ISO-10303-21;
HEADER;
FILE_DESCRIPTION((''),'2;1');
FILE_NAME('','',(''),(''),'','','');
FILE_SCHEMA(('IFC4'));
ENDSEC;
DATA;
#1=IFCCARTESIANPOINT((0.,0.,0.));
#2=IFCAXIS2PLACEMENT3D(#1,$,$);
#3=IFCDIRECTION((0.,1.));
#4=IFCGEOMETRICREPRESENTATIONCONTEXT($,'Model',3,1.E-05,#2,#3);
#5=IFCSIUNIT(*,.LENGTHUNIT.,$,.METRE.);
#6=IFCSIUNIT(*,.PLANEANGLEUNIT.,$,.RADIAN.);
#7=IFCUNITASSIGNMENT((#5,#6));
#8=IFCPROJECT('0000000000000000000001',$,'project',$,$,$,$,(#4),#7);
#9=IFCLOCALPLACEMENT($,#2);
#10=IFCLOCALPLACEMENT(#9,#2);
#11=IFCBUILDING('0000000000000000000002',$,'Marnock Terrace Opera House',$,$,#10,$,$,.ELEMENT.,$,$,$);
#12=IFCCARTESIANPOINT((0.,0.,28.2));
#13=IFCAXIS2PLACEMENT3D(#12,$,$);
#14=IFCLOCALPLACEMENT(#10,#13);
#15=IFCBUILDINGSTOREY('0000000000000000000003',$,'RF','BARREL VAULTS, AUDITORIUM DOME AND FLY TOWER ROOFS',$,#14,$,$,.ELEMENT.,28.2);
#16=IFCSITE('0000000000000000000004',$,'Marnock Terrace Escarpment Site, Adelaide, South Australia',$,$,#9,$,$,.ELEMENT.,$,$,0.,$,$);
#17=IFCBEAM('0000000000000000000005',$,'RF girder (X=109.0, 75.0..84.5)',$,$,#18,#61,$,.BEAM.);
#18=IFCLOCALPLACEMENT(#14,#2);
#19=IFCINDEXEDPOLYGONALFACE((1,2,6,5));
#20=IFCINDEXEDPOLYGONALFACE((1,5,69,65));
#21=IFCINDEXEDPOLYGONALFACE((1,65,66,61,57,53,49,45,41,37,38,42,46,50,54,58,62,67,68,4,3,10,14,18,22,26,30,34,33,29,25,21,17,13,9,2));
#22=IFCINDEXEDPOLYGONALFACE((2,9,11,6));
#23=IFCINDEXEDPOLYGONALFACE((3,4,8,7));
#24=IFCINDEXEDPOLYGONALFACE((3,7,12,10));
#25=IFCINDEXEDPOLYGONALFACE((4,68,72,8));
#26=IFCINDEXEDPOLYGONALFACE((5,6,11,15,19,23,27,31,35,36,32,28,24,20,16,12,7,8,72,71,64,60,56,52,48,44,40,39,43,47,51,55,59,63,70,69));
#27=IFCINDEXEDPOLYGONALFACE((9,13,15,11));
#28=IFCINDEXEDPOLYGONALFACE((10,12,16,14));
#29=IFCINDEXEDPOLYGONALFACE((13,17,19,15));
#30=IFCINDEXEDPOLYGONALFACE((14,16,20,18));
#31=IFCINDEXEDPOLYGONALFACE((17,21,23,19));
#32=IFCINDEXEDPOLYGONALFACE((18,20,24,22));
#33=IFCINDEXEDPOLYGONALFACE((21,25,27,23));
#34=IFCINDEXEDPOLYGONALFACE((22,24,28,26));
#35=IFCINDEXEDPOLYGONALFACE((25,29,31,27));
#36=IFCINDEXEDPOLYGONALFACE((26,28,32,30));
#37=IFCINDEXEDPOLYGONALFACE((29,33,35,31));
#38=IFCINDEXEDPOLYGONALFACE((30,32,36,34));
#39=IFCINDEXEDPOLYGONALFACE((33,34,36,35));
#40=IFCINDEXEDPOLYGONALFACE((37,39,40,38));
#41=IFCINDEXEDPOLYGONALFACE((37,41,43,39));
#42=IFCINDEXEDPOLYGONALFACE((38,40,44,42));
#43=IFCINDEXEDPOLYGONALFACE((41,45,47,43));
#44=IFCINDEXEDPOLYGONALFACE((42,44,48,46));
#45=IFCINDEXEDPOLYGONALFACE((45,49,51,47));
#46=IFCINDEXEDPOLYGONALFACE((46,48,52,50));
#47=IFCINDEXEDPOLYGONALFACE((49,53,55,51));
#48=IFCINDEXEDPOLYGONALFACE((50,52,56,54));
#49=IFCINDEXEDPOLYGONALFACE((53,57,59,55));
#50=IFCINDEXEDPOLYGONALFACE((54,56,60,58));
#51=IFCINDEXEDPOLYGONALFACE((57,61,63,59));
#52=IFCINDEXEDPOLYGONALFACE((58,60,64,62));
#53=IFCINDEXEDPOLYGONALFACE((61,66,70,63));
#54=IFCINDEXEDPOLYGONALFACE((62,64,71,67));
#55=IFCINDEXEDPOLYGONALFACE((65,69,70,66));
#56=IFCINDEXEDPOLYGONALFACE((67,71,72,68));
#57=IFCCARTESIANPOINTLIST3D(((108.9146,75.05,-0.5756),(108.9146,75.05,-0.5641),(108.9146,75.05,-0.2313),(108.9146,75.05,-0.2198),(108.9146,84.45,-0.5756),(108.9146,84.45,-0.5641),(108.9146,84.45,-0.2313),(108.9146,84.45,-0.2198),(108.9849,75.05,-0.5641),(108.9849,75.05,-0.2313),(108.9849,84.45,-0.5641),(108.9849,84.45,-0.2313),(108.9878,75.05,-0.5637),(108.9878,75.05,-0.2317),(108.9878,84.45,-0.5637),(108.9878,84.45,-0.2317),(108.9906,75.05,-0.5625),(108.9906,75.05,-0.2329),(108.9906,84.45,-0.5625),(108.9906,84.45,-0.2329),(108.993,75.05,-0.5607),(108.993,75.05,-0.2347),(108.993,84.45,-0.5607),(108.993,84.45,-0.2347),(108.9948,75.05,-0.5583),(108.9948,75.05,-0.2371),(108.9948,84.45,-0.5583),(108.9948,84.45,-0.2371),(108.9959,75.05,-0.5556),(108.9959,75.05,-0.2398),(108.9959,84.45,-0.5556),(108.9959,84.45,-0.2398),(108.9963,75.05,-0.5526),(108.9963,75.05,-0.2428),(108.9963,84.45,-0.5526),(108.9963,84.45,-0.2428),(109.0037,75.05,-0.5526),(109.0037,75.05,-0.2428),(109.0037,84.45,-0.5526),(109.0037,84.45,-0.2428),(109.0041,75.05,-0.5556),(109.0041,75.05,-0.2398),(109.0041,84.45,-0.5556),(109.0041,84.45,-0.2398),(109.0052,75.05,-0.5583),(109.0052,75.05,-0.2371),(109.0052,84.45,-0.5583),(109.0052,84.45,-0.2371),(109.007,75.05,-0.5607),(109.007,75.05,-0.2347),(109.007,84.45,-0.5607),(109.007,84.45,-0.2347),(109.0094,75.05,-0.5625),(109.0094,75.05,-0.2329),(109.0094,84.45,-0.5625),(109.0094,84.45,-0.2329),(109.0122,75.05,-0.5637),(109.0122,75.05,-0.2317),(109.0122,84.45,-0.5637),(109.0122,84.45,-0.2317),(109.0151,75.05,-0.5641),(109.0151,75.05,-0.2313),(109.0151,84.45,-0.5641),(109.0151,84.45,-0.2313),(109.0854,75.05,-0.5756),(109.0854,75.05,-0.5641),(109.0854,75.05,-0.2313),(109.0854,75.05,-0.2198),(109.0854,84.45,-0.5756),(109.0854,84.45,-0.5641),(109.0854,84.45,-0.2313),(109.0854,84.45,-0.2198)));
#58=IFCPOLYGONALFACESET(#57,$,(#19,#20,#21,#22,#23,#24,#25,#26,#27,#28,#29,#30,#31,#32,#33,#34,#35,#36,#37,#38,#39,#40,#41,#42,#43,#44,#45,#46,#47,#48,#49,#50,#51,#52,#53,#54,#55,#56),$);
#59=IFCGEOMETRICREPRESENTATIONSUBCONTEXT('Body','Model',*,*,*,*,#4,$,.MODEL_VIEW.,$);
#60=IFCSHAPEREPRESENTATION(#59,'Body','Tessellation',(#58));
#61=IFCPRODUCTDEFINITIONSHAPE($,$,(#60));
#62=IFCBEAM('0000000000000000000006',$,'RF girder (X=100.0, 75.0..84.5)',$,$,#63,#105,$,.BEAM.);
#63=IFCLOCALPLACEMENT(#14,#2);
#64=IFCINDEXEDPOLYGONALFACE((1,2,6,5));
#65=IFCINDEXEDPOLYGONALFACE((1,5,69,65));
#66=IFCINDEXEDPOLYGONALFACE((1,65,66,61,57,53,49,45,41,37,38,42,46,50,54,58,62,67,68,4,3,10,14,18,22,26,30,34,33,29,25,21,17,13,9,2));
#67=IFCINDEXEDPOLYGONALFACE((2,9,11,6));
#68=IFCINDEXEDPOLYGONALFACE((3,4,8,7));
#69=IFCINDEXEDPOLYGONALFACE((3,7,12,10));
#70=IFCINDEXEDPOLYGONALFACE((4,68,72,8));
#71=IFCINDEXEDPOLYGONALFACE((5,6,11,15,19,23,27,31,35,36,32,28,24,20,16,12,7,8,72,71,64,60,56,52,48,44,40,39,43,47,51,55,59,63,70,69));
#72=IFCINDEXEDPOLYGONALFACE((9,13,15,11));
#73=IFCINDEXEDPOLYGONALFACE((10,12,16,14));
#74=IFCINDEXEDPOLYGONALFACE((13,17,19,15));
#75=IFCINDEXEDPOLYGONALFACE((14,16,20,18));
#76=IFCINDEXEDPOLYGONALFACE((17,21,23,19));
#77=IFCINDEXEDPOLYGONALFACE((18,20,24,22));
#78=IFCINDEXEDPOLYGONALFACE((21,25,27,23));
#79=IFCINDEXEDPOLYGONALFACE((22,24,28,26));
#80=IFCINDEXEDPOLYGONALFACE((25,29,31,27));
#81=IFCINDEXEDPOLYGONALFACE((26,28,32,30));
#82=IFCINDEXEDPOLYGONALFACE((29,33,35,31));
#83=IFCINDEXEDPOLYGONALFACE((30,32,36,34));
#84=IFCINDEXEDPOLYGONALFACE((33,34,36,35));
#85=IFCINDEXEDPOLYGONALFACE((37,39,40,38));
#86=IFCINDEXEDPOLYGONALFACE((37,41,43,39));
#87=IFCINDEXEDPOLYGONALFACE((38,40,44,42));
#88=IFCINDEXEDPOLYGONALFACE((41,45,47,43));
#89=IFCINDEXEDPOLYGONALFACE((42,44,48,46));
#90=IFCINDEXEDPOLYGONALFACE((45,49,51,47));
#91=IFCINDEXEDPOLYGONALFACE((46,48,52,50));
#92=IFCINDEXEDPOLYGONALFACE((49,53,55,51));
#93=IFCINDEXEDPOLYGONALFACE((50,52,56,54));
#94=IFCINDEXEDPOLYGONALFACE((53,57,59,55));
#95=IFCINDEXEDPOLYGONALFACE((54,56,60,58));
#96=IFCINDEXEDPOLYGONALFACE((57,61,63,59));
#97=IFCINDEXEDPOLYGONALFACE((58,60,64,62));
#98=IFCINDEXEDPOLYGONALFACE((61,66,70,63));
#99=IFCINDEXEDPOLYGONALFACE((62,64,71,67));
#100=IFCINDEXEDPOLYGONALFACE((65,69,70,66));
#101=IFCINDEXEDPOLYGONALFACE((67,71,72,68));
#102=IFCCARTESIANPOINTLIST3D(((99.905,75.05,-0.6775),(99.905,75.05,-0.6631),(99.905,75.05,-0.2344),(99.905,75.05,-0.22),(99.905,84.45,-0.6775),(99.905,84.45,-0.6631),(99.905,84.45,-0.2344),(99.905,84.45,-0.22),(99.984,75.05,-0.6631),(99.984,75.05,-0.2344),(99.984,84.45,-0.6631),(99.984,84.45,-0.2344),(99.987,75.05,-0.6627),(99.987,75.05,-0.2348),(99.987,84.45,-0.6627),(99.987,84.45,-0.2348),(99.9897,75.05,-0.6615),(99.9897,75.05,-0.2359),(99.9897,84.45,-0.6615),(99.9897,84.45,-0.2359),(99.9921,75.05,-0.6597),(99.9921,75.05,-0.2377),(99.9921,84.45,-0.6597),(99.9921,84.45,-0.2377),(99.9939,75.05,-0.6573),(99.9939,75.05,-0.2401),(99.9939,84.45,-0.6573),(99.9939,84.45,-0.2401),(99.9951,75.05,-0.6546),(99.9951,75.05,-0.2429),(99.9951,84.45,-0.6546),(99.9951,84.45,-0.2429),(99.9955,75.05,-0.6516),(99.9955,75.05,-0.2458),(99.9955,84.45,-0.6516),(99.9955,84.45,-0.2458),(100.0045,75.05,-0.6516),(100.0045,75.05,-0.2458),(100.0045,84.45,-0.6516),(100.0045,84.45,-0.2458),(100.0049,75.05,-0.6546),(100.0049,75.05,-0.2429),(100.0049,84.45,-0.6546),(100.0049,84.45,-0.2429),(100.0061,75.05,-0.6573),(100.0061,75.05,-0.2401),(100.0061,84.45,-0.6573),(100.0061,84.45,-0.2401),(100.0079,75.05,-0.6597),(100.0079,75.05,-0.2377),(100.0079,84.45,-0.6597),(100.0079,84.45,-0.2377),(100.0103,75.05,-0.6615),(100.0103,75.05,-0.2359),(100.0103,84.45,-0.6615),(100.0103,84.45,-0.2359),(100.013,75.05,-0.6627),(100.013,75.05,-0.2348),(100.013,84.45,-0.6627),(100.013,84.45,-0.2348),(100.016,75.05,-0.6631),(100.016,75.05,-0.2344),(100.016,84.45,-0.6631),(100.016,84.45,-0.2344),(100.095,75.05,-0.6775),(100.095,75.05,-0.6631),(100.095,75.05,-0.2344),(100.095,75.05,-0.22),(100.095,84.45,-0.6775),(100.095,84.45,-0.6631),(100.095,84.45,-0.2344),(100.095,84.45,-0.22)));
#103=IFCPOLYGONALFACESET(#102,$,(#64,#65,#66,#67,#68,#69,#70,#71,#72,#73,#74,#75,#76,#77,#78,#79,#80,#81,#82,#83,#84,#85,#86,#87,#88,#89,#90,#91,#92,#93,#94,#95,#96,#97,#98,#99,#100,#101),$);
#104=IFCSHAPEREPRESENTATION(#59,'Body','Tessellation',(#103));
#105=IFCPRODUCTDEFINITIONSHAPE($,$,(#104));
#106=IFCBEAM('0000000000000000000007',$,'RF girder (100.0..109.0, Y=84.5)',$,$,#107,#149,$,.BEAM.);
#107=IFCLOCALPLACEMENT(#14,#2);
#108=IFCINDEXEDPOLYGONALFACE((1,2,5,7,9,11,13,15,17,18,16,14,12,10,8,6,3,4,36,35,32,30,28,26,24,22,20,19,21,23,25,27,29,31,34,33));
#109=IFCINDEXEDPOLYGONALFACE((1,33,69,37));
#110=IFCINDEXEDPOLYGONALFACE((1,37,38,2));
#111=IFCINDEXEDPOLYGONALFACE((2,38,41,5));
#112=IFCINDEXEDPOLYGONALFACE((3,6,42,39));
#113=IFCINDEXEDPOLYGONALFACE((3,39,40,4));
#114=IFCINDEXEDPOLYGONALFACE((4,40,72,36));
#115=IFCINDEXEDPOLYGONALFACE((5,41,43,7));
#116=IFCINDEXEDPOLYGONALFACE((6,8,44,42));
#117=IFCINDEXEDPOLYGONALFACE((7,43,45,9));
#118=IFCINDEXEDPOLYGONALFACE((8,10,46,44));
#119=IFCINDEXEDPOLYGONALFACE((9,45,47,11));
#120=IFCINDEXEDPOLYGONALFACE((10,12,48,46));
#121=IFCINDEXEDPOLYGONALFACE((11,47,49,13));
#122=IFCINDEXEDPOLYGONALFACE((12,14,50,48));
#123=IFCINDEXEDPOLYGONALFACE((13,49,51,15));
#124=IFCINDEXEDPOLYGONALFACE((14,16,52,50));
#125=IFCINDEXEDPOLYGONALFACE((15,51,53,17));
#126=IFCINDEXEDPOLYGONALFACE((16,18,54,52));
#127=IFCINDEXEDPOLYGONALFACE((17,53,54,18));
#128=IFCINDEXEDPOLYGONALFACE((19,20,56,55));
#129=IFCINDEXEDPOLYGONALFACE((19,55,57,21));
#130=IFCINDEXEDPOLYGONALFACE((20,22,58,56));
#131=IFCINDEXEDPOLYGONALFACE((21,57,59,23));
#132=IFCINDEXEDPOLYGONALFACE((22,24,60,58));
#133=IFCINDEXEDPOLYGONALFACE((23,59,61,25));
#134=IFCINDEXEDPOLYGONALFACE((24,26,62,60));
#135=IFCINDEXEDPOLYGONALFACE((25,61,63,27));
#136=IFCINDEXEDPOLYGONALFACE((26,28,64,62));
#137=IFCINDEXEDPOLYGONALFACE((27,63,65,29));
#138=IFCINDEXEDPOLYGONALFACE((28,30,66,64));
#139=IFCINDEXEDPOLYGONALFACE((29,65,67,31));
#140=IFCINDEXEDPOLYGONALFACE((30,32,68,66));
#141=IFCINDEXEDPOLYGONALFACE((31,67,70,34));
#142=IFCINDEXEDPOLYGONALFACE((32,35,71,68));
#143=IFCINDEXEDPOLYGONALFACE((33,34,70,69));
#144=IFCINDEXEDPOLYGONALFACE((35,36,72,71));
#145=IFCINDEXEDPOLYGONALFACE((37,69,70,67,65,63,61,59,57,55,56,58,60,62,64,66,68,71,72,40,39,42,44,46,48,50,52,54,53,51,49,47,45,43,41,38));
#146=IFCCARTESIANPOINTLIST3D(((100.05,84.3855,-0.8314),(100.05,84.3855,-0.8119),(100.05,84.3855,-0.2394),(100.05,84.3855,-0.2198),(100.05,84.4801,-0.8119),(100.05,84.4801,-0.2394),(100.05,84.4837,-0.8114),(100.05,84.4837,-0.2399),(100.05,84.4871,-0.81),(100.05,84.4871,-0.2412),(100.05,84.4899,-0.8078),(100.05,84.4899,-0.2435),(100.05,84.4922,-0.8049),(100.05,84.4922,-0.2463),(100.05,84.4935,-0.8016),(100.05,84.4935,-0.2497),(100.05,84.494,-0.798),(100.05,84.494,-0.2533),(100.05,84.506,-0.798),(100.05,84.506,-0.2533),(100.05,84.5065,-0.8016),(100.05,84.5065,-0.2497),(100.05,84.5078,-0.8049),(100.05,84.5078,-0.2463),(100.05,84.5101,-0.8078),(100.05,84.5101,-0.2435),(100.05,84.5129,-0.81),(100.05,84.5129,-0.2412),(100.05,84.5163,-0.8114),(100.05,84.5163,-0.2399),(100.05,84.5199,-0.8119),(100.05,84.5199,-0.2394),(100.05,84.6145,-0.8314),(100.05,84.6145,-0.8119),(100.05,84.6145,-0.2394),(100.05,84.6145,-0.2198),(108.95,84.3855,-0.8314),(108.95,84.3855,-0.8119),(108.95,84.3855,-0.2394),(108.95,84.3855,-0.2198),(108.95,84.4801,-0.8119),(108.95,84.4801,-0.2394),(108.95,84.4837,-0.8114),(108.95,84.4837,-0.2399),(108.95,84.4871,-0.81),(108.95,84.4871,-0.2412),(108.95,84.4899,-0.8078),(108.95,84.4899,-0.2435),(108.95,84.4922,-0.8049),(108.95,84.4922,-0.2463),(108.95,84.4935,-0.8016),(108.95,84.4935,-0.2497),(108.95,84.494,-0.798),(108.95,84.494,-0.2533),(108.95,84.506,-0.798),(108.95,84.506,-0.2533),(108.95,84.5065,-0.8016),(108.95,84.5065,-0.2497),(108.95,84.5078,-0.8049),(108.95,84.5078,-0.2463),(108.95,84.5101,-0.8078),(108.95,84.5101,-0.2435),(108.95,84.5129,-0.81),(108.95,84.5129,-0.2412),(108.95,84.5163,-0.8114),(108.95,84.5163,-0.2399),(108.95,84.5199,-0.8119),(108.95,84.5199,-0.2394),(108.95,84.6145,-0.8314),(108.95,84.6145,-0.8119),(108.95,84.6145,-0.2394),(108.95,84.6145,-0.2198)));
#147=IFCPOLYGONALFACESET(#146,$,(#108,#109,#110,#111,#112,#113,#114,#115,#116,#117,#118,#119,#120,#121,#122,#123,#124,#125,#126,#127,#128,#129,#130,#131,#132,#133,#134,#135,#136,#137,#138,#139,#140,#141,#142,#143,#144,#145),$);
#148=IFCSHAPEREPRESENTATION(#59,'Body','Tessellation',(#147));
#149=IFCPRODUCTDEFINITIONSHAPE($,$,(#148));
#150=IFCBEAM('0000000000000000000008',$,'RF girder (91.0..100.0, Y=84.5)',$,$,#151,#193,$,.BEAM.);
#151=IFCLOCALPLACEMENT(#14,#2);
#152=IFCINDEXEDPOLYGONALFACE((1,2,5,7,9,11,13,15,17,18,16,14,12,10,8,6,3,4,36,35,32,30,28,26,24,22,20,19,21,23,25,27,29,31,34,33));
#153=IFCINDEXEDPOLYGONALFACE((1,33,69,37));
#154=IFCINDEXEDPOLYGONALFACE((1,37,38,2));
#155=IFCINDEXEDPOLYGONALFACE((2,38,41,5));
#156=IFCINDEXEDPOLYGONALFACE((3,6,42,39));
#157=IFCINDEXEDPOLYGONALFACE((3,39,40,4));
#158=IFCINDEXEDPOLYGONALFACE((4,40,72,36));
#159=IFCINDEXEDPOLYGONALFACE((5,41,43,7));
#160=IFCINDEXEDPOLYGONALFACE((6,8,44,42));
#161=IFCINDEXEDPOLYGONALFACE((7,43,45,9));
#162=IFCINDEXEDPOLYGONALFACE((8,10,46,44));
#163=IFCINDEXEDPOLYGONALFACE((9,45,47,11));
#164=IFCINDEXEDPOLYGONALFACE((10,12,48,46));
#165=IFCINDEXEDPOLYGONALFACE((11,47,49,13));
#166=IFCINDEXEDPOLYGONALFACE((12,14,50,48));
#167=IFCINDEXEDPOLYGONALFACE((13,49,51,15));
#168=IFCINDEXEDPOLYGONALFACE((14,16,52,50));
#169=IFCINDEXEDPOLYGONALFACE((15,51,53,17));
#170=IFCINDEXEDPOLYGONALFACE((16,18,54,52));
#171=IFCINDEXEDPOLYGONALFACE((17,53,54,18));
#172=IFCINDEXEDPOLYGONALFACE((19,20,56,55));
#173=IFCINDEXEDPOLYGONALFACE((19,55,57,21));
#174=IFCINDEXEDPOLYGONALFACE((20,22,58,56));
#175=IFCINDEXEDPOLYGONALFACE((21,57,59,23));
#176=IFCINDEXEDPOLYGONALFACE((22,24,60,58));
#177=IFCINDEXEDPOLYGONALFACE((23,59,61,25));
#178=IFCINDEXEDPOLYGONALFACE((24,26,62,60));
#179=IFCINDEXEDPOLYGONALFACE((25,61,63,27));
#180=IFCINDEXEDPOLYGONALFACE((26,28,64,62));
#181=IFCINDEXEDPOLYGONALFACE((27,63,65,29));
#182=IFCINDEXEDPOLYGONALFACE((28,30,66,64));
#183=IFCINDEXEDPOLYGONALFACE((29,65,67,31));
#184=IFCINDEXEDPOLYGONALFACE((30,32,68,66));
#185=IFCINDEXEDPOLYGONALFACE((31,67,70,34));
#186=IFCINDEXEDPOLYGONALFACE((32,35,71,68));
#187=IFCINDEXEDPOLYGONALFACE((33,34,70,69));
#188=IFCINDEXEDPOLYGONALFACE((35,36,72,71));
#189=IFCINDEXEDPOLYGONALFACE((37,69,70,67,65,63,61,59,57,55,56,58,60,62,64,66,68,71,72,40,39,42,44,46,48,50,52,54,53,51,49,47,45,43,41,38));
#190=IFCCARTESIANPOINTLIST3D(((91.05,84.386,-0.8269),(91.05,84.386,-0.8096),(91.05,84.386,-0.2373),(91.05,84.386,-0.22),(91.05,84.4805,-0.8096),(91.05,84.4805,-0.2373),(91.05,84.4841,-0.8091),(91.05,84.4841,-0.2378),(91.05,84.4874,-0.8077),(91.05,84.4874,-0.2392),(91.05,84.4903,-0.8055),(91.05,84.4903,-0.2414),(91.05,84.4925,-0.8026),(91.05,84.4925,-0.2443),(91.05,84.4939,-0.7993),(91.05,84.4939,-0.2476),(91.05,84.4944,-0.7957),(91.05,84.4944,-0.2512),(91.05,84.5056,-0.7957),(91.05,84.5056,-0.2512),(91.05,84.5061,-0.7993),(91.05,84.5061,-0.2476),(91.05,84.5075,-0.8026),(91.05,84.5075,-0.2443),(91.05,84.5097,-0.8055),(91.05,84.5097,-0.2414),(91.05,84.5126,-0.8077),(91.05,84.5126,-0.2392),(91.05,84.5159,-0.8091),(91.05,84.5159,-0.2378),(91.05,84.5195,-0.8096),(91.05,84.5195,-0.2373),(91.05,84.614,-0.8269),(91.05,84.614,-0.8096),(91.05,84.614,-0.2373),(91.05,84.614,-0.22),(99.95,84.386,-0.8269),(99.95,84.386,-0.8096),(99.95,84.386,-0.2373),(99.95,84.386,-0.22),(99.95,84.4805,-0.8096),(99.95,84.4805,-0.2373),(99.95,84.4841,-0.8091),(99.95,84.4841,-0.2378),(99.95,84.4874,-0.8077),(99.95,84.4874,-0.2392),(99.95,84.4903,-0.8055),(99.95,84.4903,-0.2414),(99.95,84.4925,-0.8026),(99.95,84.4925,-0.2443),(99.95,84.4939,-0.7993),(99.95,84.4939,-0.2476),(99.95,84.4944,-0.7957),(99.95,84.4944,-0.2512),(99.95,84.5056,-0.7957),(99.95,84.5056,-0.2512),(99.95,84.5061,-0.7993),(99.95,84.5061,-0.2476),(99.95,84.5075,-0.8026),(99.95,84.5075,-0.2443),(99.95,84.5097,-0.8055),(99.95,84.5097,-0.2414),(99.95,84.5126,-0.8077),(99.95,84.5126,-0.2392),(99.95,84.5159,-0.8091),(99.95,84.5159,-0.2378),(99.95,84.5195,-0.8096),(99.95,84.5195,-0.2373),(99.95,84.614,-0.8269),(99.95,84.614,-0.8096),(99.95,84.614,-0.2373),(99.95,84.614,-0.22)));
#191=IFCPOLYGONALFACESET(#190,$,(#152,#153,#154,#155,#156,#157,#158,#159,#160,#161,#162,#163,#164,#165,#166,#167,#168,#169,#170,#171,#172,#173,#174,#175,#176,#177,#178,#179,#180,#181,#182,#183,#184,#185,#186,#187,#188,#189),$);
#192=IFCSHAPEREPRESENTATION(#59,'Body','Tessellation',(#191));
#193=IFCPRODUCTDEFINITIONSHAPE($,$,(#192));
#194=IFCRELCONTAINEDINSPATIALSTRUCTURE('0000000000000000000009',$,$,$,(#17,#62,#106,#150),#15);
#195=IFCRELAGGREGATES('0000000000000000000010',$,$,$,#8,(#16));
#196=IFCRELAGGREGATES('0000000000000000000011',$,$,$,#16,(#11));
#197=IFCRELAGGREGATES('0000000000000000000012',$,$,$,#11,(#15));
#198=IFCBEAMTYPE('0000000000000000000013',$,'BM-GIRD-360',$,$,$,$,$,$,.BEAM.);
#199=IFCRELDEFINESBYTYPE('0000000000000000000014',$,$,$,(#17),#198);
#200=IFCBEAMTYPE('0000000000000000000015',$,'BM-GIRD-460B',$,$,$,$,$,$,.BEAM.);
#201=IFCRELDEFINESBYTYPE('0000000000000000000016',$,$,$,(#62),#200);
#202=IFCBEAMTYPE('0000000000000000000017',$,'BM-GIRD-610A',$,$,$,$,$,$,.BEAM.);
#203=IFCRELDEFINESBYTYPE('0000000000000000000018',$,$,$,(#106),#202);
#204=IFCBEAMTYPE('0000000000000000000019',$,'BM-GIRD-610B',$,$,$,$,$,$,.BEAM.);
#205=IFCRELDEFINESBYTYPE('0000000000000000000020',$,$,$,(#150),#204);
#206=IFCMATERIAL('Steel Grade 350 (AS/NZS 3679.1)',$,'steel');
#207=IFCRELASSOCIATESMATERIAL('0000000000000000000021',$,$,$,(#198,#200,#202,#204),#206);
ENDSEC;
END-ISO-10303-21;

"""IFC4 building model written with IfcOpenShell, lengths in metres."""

from ifc_helpers import new_model, si_unit, direction, frame, origin, origin_2d, place, context, subcontext, project, spatial, i_section, extrude, material, material_profile, profile_set, type_object, element, save


model = new_model("IFC4")

# Units and contexts
model_context = context("Model", 3, precision=1e-05, world=origin(), true_north=direction((0.0, 1.0)))
body_context = subcontext(model_context, "Body", "Model", "MODEL_VIEW")
ifc_project = project(units=[si_unit("LENGTHUNIT", "METRE"), si_unit("PLANEANGLEUNIT", "RADIAN")], contexts=[model_context])

# Site, building, storey
site_placement = place(None, origin())
site = spatial("IfcSite", under=ifc_project, at=site_placement, Name="Marnock Terrace Escarpment Site, Adelaide, South Australia", CompositionType="ELEMENT", RefElevation=0.0)
building_placement = place(site_placement, origin())
building = spatial("IfcBuilding", under=site, at=building_placement, Name="Marnock Terrace Opera House", CompositionType="ELEMENT")
storey_placement = place(building_placement, frame((0.0, 0.0, 28.2)))
storey = spatial("IfcBuildingStorey", under=building, at=storey_placement, Name="RF", Description="BARREL VAULTS, AUDITORIUM DOME AND FLY TOWER ROOFS", CompositionType="ELEMENT", Elevation=28.2)

# Beams
ifc_material_1 = material(Name="Steel Grade 350 (AS/NZS 3679.1)", Category="steel")
ifc_material_profile_1 = material_profile(ifc_material_1, i_section(OverallWidth=0.1709, OverallDepth=0.3557, WebThickness=0.0073, FlangeThickness=0.0115, FilletRadius=0.0115, at=origin_2d()))
ifc_profile_set_1 = profile_set([ifc_material_profile_1], Name="Steel Grade 350 (AS/NZS 3679.1)")
beam_type_1 = type_object("IfcBeamType", Name="BM-GIRD-360", PredefinedType="BEAM", material=ifc_profile_set_1)
beam_1_placement = place(storey_placement, frame((109.0, 75.05, -0.3977), z_axis=(0.0, 1.0, 0.0), x_axis=(-1.0, 0.0, 0.0)))
element("IfcBeam", 1, at=beam_1_placement, inside=storey, type_object=beam_type_1, Name="RF girder (X=109.0, 75.0..84.5)", PredefinedType="BEAM", context=body_context, shape_type="SweptSolid", body=[
    extrude(i_section(OverallWidth=0.1709, OverallDepth=0.3557, WebThickness=0.0073, FlangeThickness=0.0115, FilletRadius=0.0115, at=origin_2d()), origin(), (0.0, 0.0, 1.0), 9.3999),
])
ifc_material_profile_2 = material_profile(ifc_material_1, i_section(OverallWidth=0.1899, OverallDepth=0.4575, WebThickness=0.009, FlangeThickness=0.0144, FilletRadius=0.0115, at=origin_2d()))
ifc_profile_set_2 = profile_set([ifc_material_profile_2], Name="Steel Grade 350 (AS/NZS 3679.1)")
beam_type_2 = type_object("IfcBeamType", Name="BM-GIRD-460B", PredefinedType="BEAM", material=ifc_profile_set_2)
beam_2_placement = place(storey_placement, frame((100.0, 75.05, -0.4487), z_axis=(0.0, 1.0, 0.0), x_axis=(-1.0, 0.0, 0.0)))
element("IfcBeam", 2, at=beam_2_placement, inside=storey, type_object=beam_type_2, Name="RF girder (X=100.0, 75.0..84.5)", PredefinedType="BEAM", context=body_context, shape_type="SweptSolid", body=[
    extrude(i_section(OverallWidth=0.1899, OverallDepth=0.4575, WebThickness=0.009, FlangeThickness=0.0144, FilletRadius=0.0115, at=origin_2d()), origin(), (0.0, 0.0, 1.0), 9.3999),
])
ifc_material_profile_3 = material_profile(ifc_material_1, i_section(OverallWidth=0.229, OverallDepth=0.6116, WebThickness=0.012, FlangeThickness=0.0195, FilletRadius=0.0139, at=origin_2d()))
ifc_profile_set_3 = profile_set([ifc_material_profile_3], Name="Steel Grade 350 (AS/NZS 3679.1)")
beam_type_3 = type_object("IfcBeamType", Name="BM-GIRD-610A", PredefinedType="BEAM", material=ifc_profile_set_3)
beam_3_placement = place(storey_placement, frame((100.05, 84.5, -0.5256), z_axis=(1.0, 0.0, 0.0), x_axis=(0.0, 1.0, 0.0)))
element("IfcBeam", 3, at=beam_3_placement, inside=storey, type_object=beam_type_3, Name="RF girder (100.0..109.0, Y=84.5)", PredefinedType="BEAM", context=body_context, shape_type="SweptSolid", body=[
    extrude(i_section(OverallWidth=0.229, OverallDepth=0.6116, WebThickness=0.012, FlangeThickness=0.0195, FilletRadius=0.0139, at=origin_2d()), origin(), (0.0, 0.0, 1.0), 8.8999),
])
ifc_material_profile_4 = material_profile(ifc_material_1, i_section(OverallWidth=0.228, OverallDepth=0.6069, WebThickness=0.0112, FlangeThickness=0.0173, FilletRadius=0.0139, at=origin_2d()))
ifc_profile_set_4 = profile_set([ifc_material_profile_4], Name="Steel Grade 350 (AS/NZS 3679.1)")
beam_type_4 = type_object("IfcBeamType", Name="BM-GIRD-610B", PredefinedType="BEAM", material=ifc_profile_set_4)
beam_4_placement = place(storey_placement, frame((91.05, 84.5, -0.5234), z_axis=(1.0, 0.0, 0.0), x_axis=(0.0, 1.0, 0.0)))
element("IfcBeam", 4, at=beam_4_placement, inside=storey, type_object=beam_type_4, Name="RF girder (91.0..100.0, Y=84.5)", PredefinedType="BEAM", context=body_context, shape_type="SweptSolid", body=[
    extrude(i_section(OverallWidth=0.228, OverallDepth=0.6069, WebThickness=0.0112, FlangeThickness=0.0173, FilletRadius=0.0139, at=origin_2d()), origin(), (0.0, 0.0, 1.0), 8.8999),
])

save(model, "model.ifc")
